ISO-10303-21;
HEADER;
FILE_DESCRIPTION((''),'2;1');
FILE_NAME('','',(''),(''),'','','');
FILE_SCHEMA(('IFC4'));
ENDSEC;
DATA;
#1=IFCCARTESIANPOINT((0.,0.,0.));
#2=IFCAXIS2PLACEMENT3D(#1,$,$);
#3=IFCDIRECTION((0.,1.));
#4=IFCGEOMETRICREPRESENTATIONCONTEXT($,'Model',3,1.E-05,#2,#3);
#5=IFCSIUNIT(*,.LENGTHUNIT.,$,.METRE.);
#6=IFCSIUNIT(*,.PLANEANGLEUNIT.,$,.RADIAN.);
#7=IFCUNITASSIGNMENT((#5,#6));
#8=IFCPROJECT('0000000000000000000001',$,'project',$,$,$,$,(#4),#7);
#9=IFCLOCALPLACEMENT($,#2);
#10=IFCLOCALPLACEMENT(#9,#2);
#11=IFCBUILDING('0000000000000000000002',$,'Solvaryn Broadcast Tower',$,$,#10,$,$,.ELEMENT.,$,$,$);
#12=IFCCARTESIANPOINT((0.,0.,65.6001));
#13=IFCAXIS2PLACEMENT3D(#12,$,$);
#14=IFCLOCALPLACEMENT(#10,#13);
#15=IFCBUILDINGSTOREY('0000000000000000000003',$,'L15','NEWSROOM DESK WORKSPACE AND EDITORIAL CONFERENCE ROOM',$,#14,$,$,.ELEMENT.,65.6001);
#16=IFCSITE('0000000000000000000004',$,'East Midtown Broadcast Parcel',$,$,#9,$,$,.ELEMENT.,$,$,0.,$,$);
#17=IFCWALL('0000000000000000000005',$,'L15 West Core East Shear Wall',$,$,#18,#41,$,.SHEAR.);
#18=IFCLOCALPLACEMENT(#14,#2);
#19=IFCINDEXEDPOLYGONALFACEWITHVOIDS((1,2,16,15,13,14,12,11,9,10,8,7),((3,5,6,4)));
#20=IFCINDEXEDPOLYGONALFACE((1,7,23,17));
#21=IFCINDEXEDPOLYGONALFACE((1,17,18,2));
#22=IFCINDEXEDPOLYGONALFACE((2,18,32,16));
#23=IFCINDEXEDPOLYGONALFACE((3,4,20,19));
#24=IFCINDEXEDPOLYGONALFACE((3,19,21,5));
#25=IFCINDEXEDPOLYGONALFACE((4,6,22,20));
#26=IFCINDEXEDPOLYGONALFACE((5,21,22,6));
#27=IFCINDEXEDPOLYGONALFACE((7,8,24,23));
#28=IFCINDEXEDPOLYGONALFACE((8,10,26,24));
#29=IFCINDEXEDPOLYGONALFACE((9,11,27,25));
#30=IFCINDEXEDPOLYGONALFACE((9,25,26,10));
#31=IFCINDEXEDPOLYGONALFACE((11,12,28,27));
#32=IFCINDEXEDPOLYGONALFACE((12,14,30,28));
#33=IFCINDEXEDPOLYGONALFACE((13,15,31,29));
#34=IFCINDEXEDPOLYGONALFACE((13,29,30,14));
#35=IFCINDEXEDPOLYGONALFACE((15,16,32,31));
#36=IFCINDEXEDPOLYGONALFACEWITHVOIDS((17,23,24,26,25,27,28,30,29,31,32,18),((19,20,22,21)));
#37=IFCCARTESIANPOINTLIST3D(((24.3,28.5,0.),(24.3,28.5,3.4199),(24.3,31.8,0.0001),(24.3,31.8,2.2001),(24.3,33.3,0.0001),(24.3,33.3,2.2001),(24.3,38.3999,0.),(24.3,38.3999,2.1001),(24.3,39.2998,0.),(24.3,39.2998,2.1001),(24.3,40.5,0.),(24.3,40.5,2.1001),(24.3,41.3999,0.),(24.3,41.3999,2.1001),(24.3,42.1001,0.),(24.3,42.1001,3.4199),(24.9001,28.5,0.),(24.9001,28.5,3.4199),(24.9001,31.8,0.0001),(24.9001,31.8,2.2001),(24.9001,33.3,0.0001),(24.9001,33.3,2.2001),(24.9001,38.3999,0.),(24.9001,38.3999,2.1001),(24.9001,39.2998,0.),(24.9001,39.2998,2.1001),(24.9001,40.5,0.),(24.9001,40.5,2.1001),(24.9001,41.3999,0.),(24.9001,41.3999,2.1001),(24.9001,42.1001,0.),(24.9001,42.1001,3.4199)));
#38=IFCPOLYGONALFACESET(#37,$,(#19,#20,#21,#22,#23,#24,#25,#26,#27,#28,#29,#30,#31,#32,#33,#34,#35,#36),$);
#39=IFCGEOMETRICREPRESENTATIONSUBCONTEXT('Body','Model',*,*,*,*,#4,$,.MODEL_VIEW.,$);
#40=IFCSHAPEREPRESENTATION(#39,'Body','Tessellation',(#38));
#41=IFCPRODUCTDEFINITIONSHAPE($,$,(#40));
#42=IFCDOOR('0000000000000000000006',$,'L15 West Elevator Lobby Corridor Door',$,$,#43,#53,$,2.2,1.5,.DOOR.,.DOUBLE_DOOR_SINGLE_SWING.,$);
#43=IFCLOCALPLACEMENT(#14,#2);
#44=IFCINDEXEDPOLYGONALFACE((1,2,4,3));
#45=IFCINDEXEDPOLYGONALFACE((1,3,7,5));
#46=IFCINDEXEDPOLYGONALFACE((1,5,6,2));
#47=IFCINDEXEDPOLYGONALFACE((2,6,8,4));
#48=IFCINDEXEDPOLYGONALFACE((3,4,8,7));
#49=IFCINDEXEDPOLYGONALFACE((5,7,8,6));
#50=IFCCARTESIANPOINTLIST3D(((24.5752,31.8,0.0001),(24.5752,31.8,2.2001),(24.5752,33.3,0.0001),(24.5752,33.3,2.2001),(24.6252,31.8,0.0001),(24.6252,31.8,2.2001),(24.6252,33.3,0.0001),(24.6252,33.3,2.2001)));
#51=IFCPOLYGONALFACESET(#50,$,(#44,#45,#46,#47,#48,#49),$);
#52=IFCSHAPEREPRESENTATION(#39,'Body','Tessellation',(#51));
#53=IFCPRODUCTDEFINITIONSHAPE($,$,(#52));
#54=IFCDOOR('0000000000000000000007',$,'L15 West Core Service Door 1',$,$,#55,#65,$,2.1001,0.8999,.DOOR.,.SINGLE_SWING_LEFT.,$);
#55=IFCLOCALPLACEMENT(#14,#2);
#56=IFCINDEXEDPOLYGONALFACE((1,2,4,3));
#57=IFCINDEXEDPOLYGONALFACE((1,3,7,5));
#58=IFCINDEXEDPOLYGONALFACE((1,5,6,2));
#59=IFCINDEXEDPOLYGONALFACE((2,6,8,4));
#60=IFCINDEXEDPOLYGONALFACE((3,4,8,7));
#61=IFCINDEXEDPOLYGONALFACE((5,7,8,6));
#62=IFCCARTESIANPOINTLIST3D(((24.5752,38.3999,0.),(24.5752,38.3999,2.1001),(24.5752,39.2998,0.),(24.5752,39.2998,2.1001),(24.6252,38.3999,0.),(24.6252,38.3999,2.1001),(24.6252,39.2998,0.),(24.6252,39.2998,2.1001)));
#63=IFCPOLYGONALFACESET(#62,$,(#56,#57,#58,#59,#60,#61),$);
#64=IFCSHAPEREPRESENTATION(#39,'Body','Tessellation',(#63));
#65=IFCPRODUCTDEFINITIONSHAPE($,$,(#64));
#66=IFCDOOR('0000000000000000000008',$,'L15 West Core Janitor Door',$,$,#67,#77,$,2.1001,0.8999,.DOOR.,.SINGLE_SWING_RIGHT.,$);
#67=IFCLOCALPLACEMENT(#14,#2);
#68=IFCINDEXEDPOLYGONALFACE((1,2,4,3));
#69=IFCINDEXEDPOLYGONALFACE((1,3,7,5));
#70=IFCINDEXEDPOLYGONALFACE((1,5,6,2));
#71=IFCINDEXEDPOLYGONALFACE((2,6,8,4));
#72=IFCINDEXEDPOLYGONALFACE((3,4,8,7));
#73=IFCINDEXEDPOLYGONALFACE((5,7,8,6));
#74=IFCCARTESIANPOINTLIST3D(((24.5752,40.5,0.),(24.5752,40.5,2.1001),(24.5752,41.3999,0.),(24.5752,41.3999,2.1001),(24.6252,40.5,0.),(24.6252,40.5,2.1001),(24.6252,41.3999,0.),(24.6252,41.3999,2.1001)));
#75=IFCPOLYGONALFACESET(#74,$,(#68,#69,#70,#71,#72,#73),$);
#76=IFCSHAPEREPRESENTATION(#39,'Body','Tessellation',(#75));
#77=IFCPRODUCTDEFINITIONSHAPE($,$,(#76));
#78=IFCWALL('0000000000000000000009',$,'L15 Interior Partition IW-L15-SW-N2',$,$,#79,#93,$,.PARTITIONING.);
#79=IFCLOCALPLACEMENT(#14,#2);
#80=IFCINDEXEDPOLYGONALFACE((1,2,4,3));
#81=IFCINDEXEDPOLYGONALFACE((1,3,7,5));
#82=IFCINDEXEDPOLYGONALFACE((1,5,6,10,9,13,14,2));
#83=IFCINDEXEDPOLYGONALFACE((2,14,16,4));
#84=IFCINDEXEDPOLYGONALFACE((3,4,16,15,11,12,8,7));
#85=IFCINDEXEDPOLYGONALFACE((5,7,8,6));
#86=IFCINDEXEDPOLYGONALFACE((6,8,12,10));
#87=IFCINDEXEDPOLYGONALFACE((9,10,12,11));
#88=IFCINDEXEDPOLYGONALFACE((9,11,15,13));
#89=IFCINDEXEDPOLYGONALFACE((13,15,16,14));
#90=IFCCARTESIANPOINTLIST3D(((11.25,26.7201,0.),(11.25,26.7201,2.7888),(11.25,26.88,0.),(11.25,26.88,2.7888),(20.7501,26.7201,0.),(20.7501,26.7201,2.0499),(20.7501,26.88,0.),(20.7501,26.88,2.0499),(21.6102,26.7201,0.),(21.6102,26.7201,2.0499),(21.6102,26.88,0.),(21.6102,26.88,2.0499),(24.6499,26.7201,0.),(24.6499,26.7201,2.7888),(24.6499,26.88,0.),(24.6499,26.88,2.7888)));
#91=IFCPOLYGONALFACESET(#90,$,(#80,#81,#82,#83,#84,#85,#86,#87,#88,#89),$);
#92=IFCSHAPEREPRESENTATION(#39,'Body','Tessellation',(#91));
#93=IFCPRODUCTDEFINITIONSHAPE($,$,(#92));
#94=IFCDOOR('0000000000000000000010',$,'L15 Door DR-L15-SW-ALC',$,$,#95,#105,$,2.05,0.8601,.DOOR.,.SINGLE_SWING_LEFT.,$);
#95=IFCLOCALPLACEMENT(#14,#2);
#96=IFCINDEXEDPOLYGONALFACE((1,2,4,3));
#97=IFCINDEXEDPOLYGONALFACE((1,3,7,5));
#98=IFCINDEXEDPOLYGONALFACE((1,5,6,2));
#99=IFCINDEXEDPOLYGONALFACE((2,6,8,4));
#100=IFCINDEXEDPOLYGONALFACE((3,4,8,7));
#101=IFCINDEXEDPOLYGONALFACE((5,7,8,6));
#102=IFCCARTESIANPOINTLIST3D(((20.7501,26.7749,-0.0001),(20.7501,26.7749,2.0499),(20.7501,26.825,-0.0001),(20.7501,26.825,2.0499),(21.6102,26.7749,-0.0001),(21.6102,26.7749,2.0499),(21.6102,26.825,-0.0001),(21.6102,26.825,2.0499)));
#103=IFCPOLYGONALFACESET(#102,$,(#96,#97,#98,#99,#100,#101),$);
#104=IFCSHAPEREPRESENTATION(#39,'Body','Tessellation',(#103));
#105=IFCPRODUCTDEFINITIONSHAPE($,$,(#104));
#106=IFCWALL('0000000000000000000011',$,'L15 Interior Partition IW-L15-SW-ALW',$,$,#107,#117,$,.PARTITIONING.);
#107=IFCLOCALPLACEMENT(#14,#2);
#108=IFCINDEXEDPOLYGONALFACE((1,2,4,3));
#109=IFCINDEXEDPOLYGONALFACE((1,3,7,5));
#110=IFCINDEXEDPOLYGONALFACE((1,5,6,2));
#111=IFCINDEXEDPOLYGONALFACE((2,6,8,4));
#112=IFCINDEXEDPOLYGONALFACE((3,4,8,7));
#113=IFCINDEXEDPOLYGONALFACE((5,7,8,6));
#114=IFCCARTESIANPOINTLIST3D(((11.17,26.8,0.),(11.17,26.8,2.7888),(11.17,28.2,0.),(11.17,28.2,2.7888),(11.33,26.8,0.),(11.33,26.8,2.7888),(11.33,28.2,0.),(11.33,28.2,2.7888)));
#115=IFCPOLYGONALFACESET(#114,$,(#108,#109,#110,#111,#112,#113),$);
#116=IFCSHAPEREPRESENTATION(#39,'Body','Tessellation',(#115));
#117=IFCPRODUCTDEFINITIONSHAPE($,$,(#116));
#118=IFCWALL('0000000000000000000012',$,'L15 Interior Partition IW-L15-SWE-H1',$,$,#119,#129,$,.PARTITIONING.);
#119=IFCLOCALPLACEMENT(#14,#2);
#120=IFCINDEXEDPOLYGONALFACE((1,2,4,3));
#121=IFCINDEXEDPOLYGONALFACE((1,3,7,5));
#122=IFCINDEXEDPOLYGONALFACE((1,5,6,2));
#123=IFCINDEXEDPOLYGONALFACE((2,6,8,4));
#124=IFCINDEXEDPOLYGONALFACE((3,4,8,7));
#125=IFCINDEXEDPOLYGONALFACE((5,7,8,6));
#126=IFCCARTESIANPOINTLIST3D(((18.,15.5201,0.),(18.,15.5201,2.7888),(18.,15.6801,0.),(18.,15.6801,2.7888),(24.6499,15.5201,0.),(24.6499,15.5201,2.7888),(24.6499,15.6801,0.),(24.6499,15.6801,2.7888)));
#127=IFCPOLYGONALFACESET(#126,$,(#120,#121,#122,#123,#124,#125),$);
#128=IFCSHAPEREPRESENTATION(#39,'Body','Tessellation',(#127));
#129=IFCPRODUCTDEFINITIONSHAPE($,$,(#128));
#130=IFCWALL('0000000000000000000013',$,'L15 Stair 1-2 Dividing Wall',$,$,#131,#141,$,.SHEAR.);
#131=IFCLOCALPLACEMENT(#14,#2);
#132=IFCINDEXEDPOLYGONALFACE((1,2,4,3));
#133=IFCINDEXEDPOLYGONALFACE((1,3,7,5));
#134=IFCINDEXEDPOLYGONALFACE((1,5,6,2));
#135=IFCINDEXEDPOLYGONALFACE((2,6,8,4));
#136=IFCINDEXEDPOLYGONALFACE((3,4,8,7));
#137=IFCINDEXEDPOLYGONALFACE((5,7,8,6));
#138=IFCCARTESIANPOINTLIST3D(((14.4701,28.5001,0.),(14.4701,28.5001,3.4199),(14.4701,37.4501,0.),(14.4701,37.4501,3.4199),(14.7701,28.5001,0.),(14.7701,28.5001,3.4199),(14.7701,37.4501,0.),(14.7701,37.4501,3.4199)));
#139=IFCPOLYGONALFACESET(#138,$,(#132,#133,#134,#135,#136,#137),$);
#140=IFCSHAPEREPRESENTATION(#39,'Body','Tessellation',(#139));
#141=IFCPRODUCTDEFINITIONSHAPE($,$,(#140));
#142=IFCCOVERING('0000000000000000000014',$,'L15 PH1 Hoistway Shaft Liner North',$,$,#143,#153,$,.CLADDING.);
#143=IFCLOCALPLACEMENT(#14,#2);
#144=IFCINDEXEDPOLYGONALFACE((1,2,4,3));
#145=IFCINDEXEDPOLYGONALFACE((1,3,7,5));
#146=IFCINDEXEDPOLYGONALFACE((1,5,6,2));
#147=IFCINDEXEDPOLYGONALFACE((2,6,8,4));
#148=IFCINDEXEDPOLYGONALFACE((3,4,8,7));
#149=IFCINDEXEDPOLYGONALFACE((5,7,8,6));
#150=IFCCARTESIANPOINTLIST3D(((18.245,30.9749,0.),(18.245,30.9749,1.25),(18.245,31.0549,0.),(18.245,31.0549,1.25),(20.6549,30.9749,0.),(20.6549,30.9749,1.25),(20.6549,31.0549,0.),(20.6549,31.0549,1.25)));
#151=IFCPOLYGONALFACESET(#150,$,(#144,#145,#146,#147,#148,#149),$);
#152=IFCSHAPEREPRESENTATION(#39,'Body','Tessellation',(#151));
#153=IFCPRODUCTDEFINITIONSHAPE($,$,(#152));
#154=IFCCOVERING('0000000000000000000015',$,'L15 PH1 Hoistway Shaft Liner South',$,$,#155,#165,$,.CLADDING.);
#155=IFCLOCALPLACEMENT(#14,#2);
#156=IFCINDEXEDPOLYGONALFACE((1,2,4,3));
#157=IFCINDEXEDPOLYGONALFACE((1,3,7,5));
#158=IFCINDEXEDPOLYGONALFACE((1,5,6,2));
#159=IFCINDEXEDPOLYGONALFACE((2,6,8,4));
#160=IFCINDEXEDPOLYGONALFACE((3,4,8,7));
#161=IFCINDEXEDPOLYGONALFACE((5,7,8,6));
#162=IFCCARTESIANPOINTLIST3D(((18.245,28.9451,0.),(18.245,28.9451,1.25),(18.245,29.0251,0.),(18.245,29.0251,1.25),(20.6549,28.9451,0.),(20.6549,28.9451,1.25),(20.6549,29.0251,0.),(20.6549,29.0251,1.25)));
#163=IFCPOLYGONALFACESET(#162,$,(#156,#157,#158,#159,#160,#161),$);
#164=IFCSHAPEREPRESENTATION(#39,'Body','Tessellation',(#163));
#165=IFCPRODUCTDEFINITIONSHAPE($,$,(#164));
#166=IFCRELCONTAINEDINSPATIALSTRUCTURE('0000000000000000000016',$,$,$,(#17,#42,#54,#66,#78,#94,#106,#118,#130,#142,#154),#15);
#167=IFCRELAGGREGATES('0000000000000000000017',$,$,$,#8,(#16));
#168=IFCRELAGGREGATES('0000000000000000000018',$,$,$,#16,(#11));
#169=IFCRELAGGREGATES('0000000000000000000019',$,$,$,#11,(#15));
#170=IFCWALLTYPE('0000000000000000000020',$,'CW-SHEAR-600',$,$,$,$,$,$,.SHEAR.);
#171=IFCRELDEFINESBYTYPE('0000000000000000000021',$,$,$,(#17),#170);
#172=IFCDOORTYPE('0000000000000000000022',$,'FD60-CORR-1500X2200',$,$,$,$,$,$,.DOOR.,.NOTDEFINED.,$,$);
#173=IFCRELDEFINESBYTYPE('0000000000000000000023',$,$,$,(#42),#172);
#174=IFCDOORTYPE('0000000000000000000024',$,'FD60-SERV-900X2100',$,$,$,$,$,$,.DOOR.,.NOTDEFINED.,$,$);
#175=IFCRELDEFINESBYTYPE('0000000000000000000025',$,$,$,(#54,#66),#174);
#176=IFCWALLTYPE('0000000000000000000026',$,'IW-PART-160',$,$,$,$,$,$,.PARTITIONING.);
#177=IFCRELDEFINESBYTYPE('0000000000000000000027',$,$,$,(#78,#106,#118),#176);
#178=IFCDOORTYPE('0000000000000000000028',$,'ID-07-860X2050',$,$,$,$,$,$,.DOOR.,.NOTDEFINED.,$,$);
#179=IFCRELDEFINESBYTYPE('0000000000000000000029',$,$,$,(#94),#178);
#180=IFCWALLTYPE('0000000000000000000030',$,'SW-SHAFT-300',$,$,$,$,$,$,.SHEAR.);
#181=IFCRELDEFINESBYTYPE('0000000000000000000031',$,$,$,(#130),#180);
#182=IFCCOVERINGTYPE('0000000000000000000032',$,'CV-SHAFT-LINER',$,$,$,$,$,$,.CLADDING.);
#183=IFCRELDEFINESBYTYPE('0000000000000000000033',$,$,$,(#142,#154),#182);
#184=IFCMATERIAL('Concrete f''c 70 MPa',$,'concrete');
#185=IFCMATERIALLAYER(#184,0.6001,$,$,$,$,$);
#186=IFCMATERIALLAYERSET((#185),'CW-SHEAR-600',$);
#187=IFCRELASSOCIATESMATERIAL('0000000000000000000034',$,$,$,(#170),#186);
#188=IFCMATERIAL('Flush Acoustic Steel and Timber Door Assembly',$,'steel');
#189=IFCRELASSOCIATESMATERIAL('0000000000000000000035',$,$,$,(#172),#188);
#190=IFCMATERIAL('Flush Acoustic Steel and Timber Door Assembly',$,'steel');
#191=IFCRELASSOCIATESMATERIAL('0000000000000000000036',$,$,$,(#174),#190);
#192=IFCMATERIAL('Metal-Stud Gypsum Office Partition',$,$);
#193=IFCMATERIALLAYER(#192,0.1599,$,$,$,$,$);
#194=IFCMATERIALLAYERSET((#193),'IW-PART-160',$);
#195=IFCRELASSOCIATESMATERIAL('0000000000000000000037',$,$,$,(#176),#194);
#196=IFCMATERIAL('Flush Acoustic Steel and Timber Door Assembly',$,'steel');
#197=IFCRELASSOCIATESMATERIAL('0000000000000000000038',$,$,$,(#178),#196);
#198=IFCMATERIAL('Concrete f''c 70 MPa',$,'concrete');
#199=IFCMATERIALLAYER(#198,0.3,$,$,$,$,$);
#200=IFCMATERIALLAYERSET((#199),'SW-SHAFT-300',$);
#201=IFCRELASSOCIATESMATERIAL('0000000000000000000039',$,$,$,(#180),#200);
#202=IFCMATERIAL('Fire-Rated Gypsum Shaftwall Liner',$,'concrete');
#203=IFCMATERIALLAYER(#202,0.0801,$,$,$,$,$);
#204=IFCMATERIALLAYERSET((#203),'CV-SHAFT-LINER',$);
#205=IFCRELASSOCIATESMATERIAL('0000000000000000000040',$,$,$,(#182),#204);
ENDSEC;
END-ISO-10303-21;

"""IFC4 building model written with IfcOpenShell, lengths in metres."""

from ifc_helpers import new_model, si_unit, direction, frame, frame_2d, origin, origin_2d, place, context, subcontext, project, spatial, rectangle, extrude, material, layer, layer_set, type_object, element, fill, save


model = new_model("IFC4")

# Units and contexts
model_context = context("Model", 3, precision=1e-05, world=origin(), true_north=direction((0.0, 1.0)))
body_context = subcontext(model_context, "Body", "Model", "MODEL_VIEW")
ifc_project = project(units=[si_unit("LENGTHUNIT", "METRE"), si_unit("PLANEANGLEUNIT", "RADIAN")], contexts=[model_context])

# Site, building, storey
site_placement = place(None, origin())
site = spatial("IfcSite", under=ifc_project, at=site_placement, Name="East Midtown Broadcast Parcel", CompositionType="ELEMENT", RefElevation=0.0)
building_placement = place(site_placement, origin())
building = spatial("IfcBuilding", under=site, at=building_placement, Name="Solvaryn Broadcast Tower", CompositionType="ELEMENT")
storey_placement = place(building_placement, frame((0.0, 0.0, 65.6001)))
storey = spatial("IfcBuildingStorey", under=building, at=storey_placement, Name="L15", Description="NEWSROOM DESK WORKSPACE AND EDITORIAL CONFERENCE ROOM", CompositionType="ELEMENT", Elevation=65.6001)

# Shared definitions
ifc_material_1 = material(Name="Concrete f'c 70 MPa", Category="concrete")
ifc_layer_1 = layer(ifc_material_1, 0.6001)
ifc_layer_set_1 = layer_set([ifc_layer_1], Name="CW-SHEAR-600")
wall_type_1 = type_object("IfcWallType", Name="CW-SHEAR-600", PredefinedType="SHEAR", material=ifc_layer_set_1)

# Wall, openings, doors
wall_1_placement = place(storey_placement, frame((24.6001, 28.5, 0.0), z_axis=(0.0, 0.0, 1.0), x_axis=(0.0, 1.0, 0.0)))
wall_1 = element("IfcWall", 1, at=wall_1_placement, inside=storey, type_object=wall_type_1, Name="L15 West Core East Shear Wall", PredefinedType="SHEAR", context=body_context, shape_type="SweptSolid", body=[
    extrude(rectangle(XDim=13.6001, YDim=0.6001, at=frame_2d((6.8, 0.0))), origin(), (0.0, 0.0, 1.0), 3.4199),
])
opening_1_placement = place(wall_1_placement, frame((3.3, 0.0, 0.0)))
opening_1 = element("IfcOpeningElement", 2, at=opening_1_placement, cuts=wall_1, PredefinedType="OPENING", context=body_context, shape_type="SweptSolid", body=[
    extrude(rectangle(XDim=1.5, YDim=2.2, at=frame_2d((0.75, 1.1001))), frame((0.0, 0.3101, 0.0), z_axis=(0.0, -1.0, 0.0), x_axis=(1.0, 0.0, 0.0)), (0.0, 0.0, 1.0), 0.6201),
])
opening_2_placement = place(wall_1_placement, frame((9.8999, 0.0, 0.0)))
opening_2 = element("IfcOpeningElement", 3, at=opening_2_placement, cuts=wall_1, PredefinedType="OPENING", context=body_context, shape_type="SweptSolid", body=[
    extrude(rectangle(XDim=0.8999, YDim=2.1001, at=frame_2d((0.45, 1.05))), frame((0.0, 0.3101, 0.0), z_axis=(0.0, -1.0, 0.0), x_axis=(1.0, 0.0, 0.0)), (0.0, 0.0, 1.0), 0.6201),
])
opening_3_placement = place(wall_1_placement, frame((12.0, 0.0, 0.0)))
opening_3 = element("IfcOpeningElement", 4, at=opening_3_placement, cuts=wall_1, PredefinedType="OPENING", context=body_context, shape_type="SweptSolid", body=[
    extrude(rectangle(XDim=0.8999, YDim=2.1001, at=frame_2d((0.45, 1.05))), frame((0.0, 0.3101, 0.0), z_axis=(0.0, -1.0, 0.0), x_axis=(1.0, 0.0, 0.0)), (0.0, 0.0, 1.0), 0.6201),
])
ifc_material_2 = material(Name="Flush Acoustic Steel and Timber Door Assembly", Category="steel")
door_type_1 = type_object("IfcDoorType", Name="FD60-CORR-1500X2200", OperationType="NOTDEFINED", PredefinedType="DOOR", material=ifc_material_2)
door_1_placement = place(opening_1_placement, origin())
door_1 = element("IfcDoor", 5, at=door_1_placement, inside=storey, type_object=door_type_1, Name="L15 West Elevator Lobby Corridor Door", OperationType="DOUBLE_DOOR_SINGLE_SWING", OverallHeight=2.2, OverallWidth=1.5, PredefinedType="DOOR", context=body_context, shape_type="SweptSolid", body=[
    extrude(rectangle(XDim=1.5, YDim=2.2, at=frame_2d((0.75, 1.1001))), frame((0.0, 0.0249, 0.0), z_axis=(0.0, -1.0, 0.0), x_axis=(1.0, 0.0, 0.0)), (0.0, 0.0, 1.0), 0.05),
])
fill(opening_1, door_1)
ifc_material_3 = material(Name="Flush Acoustic Steel and Timber Door Assembly", Category="steel")
door_type_2 = type_object("IfcDoorType", Name="FD60-SERV-900X2100", OperationType="NOTDEFINED", PredefinedType="DOOR", material=ifc_material_3)
door_2_placement = place(opening_2_placement, origin())
door_2 = element("IfcDoor", 6, at=door_2_placement, inside=storey, type_object=door_type_2, Name="L15 West Core Service Door 1", OperationType="SINGLE_SWING_LEFT", OverallHeight=2.1001, OverallWidth=0.8999, PredefinedType="DOOR", context=body_context, shape_type="SweptSolid", body=[
    extrude(rectangle(XDim=0.8999, YDim=2.1001, at=frame_2d((0.45, 1.05))), frame((0.0, 0.0249, 0.0), z_axis=(0.0, -1.0, 0.0), x_axis=(1.0, 0.0, 0.0)), (0.0, 0.0, 1.0), 0.05),
])
fill(opening_2, door_2)
door_3_placement = place(opening_3_placement, origin())
door_3 = element("IfcDoor", 7, at=door_3_placement, inside=storey, type_object=door_type_2, Name="L15 West Core Janitor Door", OperationType="SINGLE_SWING_RIGHT", OverallHeight=2.1001, OverallWidth=0.8999, PredefinedType="DOOR", context=body_context, shape_type="SweptSolid", body=[
    extrude(rectangle(XDim=0.8999, YDim=2.1001, at=frame_2d((0.45, 1.05))), frame((0.0, 0.0249, 0.0), z_axis=(0.0, -1.0, 0.0), x_axis=(1.0, 0.0, 0.0)), (0.0, 0.0, 1.0), 0.05),
])
fill(opening_3, door_3)

# Wall, opening, door
ifc_material_4 = material(Name="Metal-Stud Gypsum Office Partition")
ifc_layer_2 = layer(ifc_material_4, 0.1599)
ifc_layer_set_2 = layer_set([ifc_layer_2], Name="IW-PART-160")
wall_type_2 = type_object("IfcWallType", Name="IW-PART-160", PredefinedType="PARTITIONING", material=ifc_layer_set_2)
wall_2_placement = place(storey_placement, frame((11.25, 26.8, 0.0), z_axis=(0.0, 0.0, 1.0), x_axis=(1.0, 0.0, 0.0)))
wall_2 = element("IfcWall", 8, at=wall_2_placement, inside=storey, type_object=wall_type_2, Name="L15 Interior Partition IW-L15-SW-N2", PredefinedType="PARTITIONING", context=body_context, shape_type="SweptSolid", body=[
    extrude(rectangle(XDim=13.3999, YDim=0.1599, at=frame_2d((6.7, 0.0))), origin(), (0.0, 0.0, 1.0), 2.7888),
])
opening_4_placement = place(wall_2_placement, frame((9.5, 0.0, 0.0)))
opening_4 = element("IfcOpeningElement", 9, at=opening_4_placement, cuts=wall_2, PredefinedType="OPENING", context=body_context, shape_type="SweptSolid", body=[
    extrude(rectangle(XDim=0.8601, YDim=2.05, at=frame_2d((0.4302, 1.0249))), frame((0.0, 0.0901, 0.0), z_axis=(0.0, -1.0, 0.0), x_axis=(1.0, 0.0, 0.0)), (0.0, 0.0, 1.0), 0.1799),
])
ifc_material_5 = material(Name="Flush Acoustic Steel and Timber Door Assembly", Category="steel")
door_type_3 = type_object("IfcDoorType", Name="ID-07-860X2050", OperationType="NOTDEFINED", PredefinedType="DOOR", material=ifc_material_5)
door_4_placement = place(opening_4_placement, origin())
door_4 = element("IfcDoor", 10, at=door_4_placement, inside=storey, type_object=door_type_3, Name="L15 Door DR-L15-SW-ALC", OperationType="SINGLE_SWING_LEFT", OverallHeight=2.05, OverallWidth=0.8601, PredefinedType="DOOR", context=body_context, shape_type="SweptSolid", body=[
    extrude(rectangle(XDim=0.8601, YDim=2.05, at=frame_2d((0.4302, 1.0249))), frame((0.0, 0.0249, 0.0), z_axis=(0.0, -1.0, 0.0), x_axis=(1.0, 0.0, 0.0)), (0.0, 0.0, 1.0), 0.05),
])
fill(opening_4, door_4)

# Walls
wall_3_placement = place(storey_placement, frame((11.25, 26.8, 0.0), z_axis=(0.0, 0.0, 1.0), x_axis=(0.0, 1.0, 0.0)))
element("IfcWall", 11, at=wall_3_placement, inside=storey, type_object=wall_type_2, Name="L15 Interior Partition IW-L15-SW-ALW", PredefinedType="PARTITIONING", context=body_context, shape_type="SweptSolid", body=[
    extrude(rectangle(XDim=1.3999, YDim=0.1599, at=frame_2d((0.7, 0.0))), origin(), (0.0, 0.0, 1.0), 2.7888),
])
wall_4_placement = place(storey_placement, frame((18.0, 15.6001, 0.0), z_axis=(0.0, 0.0, 1.0), x_axis=(1.0, 0.0, 0.0)))
element("IfcWall", 12, at=wall_4_placement, inside=storey, type_object=wall_type_2, Name="L15 Interior Partition IW-L15-SWE-H1", PredefinedType="PARTITIONING", context=body_context, shape_type="SweptSolid", body=[
    extrude(rectangle(XDim=6.6499, YDim=0.1599, at=frame_2d((3.325, 0.0))), origin(), (0.0, 0.0, 1.0), 2.7888),
])
ifc_material_6 = material(Name="Concrete f'c 70 MPa", Category="concrete")
ifc_layer_3 = layer(ifc_material_6, 0.3)
ifc_layer_set_3 = layer_set([ifc_layer_3], Name="SW-SHAFT-300")
wall_type_3 = type_object("IfcWallType", Name="SW-SHAFT-300", PredefinedType="SHEAR", material=ifc_layer_set_3)
wall_5_placement = place(storey_placement, frame((14.6201, 28.5, 0.0), z_axis=(0.0, 0.0, 1.0), x_axis=(0.0, 1.0, 0.0)))
element("IfcWall", 13, at=wall_5_placement, inside=storey, type_object=wall_type_3, Name="L15 Stair 1-2 Dividing Wall", PredefinedType="SHEAR", context=body_context, shape_type="SweptSolid", body=[
    extrude(rectangle(XDim=8.95, YDim=0.3, at=frame_2d((4.4751, 0.0))), origin(), (0.0, 0.0, 1.0), 3.4199),
])

# Coverings
ifc_material_7 = material(Name="Fire-Rated Gypsum Shaftwall Liner", Category="concrete")
ifc_layer_4 = layer(ifc_material_7, 0.0801)
ifc_layer_set_4 = layer_set([ifc_layer_4], Name="CV-SHAFT-LINER")
covering_type = type_object("IfcCoveringType", Name="CV-SHAFT-LINER", PredefinedType="CLADDING", material=ifc_layer_set_4)
for number, where, z_axis, x_axis, name in (
    (14, (19.45, 31.0149, 0.0), (0.0, 0.0, 1.0), (1.0, 0.0, 0.0), "L15 PH1 Hoistway Shaft Liner North"),
    (15, (19.45, 28.9851, 0.0), (0.0, 0.0, 1.0), (1.0, 0.0, 0.0), "L15 PH1 Hoistway Shaft Liner South"),
):
    element("IfcCovering", number, at=place(storey_placement, frame(where, z_axis=z_axis, x_axis=x_axis)), inside=storey, type_object=covering_type, Name=name, PredefinedType="CLADDING", context=body_context, shape_type="SweptSolid", body=[
        extrude(rectangle(XDim=2.4099, YDim=0.0801, at=origin_2d()), origin(), (0.0, 0.0, 1.0), 1.25),
    ])

save(model, "model.ifc")
